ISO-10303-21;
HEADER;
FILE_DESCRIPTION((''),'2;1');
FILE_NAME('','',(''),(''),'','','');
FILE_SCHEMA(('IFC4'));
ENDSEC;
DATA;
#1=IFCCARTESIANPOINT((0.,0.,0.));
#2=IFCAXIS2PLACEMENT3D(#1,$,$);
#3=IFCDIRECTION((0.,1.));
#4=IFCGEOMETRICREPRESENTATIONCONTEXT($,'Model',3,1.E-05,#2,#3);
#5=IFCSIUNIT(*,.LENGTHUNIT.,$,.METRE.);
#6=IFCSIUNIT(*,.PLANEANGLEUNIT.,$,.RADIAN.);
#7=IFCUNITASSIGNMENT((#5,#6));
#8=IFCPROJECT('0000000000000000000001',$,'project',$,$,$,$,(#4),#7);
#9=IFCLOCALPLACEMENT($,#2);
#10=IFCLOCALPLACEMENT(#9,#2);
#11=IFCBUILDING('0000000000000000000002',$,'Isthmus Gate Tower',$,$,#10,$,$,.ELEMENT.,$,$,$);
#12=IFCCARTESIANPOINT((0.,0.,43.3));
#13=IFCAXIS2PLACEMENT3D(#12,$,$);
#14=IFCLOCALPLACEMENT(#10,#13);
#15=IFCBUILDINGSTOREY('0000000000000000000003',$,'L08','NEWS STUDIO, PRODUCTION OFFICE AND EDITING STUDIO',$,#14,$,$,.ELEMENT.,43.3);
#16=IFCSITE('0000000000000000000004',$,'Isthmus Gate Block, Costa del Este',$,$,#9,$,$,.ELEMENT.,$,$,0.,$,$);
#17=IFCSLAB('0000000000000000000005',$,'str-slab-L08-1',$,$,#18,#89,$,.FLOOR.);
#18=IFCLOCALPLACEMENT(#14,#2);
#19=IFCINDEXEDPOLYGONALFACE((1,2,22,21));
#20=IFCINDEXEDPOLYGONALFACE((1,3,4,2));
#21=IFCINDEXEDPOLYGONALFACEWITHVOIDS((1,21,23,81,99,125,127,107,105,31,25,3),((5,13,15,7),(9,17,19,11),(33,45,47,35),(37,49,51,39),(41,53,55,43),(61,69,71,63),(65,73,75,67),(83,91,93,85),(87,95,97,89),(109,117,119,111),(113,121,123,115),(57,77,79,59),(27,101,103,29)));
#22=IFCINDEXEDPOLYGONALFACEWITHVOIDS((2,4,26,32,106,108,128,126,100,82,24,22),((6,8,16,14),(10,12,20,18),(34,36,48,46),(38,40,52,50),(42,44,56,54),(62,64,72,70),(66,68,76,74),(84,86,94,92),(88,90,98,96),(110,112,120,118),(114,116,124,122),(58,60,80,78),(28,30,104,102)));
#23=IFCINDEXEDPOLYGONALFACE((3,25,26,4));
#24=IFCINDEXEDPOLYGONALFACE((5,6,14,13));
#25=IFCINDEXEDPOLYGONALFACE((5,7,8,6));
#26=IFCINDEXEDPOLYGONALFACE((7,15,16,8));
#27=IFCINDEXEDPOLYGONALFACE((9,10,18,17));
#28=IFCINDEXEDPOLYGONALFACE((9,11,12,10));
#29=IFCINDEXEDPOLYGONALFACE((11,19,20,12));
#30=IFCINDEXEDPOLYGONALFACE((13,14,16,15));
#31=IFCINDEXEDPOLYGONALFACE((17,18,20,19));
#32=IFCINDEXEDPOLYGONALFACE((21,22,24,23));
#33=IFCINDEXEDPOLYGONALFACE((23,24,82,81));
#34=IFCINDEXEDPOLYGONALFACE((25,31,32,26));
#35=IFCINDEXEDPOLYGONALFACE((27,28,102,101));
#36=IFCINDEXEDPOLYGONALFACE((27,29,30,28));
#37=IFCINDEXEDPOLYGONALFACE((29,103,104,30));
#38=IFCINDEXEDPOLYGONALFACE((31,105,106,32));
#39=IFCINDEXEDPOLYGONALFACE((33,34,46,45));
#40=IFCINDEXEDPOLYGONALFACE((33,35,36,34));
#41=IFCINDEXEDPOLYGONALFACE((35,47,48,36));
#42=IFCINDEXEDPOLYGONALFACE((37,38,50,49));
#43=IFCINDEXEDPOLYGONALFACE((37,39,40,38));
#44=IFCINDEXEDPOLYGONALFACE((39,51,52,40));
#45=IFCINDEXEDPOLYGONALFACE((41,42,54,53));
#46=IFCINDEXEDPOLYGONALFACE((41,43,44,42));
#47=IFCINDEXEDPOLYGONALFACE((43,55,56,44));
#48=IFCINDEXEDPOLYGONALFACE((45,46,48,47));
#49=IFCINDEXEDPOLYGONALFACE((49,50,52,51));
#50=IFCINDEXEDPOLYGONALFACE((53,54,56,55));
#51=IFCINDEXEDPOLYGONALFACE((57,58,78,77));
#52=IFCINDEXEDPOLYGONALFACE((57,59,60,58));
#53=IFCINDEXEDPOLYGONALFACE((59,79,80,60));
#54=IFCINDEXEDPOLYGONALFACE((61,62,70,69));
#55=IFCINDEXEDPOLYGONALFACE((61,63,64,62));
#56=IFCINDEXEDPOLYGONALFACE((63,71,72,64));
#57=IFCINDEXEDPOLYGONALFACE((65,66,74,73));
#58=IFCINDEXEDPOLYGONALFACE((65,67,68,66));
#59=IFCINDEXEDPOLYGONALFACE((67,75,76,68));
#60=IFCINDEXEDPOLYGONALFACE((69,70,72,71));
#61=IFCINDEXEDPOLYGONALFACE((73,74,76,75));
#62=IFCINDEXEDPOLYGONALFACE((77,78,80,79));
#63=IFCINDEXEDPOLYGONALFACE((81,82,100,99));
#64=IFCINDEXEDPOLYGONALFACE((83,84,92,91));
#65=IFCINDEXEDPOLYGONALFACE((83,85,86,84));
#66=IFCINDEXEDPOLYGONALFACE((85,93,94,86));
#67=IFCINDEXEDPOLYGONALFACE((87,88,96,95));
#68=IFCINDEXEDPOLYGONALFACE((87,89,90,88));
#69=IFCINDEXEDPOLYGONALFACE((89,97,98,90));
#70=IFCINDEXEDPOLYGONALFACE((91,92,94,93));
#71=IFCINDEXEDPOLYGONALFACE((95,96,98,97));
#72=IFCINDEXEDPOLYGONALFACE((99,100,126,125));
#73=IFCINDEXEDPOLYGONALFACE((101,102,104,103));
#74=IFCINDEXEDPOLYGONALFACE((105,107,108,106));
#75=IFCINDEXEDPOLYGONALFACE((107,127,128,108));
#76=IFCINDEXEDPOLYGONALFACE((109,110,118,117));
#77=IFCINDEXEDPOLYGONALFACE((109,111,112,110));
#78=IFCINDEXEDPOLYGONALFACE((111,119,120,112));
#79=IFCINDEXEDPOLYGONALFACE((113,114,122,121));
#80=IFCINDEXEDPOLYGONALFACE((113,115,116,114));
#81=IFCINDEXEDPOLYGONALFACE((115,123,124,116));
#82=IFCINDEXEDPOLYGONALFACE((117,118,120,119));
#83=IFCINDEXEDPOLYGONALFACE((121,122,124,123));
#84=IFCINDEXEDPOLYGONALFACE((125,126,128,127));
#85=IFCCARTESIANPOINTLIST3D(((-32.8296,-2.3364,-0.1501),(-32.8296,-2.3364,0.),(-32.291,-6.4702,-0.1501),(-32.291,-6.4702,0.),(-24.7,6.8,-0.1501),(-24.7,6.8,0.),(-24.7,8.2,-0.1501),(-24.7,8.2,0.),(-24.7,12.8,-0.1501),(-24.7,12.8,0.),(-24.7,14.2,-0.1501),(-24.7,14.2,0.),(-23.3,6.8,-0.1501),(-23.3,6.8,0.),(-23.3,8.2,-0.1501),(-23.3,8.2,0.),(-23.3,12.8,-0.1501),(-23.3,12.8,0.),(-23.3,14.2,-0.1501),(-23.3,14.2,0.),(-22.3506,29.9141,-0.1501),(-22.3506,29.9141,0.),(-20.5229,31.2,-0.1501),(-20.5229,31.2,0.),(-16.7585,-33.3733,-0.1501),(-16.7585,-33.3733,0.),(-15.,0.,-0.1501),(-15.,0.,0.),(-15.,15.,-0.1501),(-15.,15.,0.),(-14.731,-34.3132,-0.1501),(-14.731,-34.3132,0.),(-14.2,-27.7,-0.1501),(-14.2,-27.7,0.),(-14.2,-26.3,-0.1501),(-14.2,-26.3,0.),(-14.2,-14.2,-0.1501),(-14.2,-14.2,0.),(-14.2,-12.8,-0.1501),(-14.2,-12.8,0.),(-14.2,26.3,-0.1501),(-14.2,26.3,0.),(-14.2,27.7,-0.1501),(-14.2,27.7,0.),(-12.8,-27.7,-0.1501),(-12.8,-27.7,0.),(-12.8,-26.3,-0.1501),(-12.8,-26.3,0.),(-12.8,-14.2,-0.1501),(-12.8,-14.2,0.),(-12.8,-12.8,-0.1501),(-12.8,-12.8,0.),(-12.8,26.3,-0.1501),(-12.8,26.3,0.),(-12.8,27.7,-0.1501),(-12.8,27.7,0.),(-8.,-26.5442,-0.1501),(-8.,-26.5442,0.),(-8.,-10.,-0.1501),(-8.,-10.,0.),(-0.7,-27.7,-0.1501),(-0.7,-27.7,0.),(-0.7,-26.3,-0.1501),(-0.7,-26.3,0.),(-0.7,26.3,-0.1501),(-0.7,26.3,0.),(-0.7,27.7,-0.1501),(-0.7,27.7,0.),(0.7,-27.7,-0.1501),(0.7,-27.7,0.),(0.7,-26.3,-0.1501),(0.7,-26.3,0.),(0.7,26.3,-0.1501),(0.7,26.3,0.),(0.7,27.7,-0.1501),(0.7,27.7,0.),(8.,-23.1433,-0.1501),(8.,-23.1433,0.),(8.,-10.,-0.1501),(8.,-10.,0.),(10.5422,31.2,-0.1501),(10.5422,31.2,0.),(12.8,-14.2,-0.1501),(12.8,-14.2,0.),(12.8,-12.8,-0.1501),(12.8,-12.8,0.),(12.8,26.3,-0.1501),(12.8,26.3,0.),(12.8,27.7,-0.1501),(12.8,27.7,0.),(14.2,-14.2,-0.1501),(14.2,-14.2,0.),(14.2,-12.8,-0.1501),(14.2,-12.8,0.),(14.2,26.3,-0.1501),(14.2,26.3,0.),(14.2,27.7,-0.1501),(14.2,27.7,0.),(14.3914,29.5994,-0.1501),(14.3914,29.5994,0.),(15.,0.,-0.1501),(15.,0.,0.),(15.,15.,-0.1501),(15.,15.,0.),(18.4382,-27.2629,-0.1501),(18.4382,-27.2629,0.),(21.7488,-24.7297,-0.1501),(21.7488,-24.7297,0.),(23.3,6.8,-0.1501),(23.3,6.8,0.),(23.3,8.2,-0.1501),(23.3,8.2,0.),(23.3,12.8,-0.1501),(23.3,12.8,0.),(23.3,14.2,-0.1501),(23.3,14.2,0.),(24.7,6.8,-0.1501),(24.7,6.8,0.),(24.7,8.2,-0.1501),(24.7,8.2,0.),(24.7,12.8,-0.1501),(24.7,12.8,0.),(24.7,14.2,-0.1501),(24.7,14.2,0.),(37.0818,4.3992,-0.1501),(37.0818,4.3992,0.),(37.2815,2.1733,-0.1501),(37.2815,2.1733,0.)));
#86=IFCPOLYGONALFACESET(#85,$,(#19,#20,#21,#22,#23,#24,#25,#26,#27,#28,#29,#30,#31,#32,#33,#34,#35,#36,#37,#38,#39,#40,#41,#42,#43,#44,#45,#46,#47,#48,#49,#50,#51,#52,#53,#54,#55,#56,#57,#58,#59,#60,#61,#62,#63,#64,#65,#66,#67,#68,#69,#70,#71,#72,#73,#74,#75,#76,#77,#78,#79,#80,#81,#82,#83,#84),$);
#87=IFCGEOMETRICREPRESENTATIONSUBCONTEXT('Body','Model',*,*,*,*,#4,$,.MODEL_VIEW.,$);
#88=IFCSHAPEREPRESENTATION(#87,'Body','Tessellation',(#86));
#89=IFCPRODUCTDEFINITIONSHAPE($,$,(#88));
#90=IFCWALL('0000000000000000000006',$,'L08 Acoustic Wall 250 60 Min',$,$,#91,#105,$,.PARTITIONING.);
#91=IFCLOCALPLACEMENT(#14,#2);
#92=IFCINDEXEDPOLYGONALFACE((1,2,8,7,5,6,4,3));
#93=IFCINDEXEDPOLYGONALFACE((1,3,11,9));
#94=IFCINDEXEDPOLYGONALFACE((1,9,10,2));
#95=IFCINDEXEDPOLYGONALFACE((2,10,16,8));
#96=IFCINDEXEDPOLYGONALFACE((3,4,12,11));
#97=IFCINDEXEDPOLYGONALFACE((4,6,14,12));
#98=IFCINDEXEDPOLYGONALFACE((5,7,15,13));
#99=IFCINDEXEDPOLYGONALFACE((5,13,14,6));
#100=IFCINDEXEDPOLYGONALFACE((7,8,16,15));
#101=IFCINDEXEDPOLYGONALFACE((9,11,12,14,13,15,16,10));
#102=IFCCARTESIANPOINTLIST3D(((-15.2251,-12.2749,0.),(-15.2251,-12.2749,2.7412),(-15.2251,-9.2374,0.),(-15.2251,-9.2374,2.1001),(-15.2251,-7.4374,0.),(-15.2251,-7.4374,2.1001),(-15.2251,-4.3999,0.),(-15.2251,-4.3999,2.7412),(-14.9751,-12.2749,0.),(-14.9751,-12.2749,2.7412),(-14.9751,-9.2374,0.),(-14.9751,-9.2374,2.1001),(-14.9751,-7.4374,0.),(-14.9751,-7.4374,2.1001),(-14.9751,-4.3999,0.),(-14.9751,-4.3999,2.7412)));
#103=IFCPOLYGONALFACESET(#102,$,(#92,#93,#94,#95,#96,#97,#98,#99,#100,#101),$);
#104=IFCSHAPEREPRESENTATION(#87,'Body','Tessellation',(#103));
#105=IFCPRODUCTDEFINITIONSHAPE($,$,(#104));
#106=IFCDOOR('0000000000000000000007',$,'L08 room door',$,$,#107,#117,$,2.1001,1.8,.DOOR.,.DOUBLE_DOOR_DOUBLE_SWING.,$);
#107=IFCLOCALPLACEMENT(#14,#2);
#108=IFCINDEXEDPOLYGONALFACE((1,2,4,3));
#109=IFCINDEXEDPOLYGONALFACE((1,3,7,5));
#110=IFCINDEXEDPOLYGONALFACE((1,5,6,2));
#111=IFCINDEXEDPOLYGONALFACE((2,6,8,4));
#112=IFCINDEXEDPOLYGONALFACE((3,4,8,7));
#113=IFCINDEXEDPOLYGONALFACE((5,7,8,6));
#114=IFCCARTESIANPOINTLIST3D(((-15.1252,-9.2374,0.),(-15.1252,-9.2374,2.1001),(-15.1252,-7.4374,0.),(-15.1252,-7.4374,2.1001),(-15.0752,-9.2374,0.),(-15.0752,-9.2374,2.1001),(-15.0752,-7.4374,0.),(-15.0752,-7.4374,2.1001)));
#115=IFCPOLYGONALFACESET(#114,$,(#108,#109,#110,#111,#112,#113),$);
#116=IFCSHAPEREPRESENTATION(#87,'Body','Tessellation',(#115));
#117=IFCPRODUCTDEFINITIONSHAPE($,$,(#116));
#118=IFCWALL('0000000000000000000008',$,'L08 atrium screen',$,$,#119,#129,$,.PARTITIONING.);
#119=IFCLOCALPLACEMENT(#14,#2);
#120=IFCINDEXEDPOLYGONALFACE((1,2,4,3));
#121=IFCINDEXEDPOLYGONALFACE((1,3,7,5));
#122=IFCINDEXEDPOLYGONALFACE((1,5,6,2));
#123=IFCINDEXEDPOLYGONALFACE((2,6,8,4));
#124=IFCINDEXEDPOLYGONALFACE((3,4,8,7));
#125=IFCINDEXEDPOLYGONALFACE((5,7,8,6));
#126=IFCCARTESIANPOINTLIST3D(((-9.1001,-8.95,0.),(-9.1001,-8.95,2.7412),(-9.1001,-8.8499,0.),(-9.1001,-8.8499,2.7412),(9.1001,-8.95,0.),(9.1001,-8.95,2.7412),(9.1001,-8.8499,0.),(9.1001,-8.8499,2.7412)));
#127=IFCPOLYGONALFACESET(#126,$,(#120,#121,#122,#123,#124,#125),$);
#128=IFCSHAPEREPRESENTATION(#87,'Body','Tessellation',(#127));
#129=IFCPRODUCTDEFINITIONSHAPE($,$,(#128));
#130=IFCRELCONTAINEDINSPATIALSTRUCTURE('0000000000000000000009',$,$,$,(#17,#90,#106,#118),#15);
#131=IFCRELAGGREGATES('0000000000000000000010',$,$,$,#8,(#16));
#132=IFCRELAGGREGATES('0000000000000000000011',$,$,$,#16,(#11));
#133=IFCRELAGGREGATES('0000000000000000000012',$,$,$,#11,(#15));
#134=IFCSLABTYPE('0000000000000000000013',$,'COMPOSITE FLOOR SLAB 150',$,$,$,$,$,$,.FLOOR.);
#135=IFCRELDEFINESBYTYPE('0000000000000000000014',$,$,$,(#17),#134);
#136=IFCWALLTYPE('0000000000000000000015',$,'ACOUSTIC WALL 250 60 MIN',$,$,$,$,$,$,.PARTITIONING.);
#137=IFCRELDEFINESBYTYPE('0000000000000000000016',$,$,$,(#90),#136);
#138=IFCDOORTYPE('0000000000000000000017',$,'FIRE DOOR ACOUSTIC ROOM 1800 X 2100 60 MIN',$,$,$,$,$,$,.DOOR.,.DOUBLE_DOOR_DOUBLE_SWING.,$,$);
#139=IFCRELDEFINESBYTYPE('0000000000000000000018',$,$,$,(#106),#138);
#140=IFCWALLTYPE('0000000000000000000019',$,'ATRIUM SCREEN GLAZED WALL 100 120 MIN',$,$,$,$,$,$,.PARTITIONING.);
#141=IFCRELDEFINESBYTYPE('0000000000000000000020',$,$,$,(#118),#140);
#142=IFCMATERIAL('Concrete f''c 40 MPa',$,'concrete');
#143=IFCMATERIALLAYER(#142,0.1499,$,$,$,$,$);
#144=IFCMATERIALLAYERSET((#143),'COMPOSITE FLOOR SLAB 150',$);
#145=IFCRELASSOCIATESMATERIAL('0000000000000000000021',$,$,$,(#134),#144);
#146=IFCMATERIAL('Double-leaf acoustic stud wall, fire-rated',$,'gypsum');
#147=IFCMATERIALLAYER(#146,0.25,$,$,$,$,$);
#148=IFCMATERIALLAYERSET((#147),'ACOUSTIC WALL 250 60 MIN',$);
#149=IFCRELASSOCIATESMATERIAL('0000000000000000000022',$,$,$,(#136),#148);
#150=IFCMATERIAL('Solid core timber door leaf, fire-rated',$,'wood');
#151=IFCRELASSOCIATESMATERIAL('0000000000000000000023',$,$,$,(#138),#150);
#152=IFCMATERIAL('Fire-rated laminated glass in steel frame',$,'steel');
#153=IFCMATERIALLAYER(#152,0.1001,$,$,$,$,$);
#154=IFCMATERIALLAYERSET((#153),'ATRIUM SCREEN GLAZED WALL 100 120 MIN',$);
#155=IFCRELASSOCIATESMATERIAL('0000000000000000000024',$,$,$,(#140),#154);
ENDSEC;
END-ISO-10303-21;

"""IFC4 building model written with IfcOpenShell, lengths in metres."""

from ifc_helpers import new_model, si_unit, direction, frame, frame_2d, origin, place, context, subcontext, project, spatial, polyline, rectangle, outline, extrude, material, layer, layer_set, type_object, element, fill, save


model = new_model("IFC4")

# Units and contexts
model_context = context("Model", 3, precision=1e-05, world=origin(), true_north=direction((0.0, 1.0)))
body_context = subcontext(model_context, "Body", "Model", "MODEL_VIEW")
ifc_project = project(units=[si_unit("LENGTHUNIT", "METRE"), si_unit("PLANEANGLEUNIT", "RADIAN")], contexts=[model_context])

# Site, building, storey
site_placement = place(None, origin())
site = spatial("IfcSite", under=ifc_project, at=site_placement, Name="Isthmus Gate Block, Costa del Este", CompositionType="ELEMENT", RefElevation=0.0)
building_placement = place(site_placement, origin())
building = spatial("IfcBuilding", under=site, at=building_placement, Name="Isthmus Gate Tower", CompositionType="ELEMENT")
storey_placement = place(building_placement, frame((0.0, 0.0, 43.3)))
storey = spatial("IfcBuildingStorey", under=building, at=storey_placement, Name="L08", Description="NEWS STUDIO, PRODUCTION OFFICE AND EDITING STUDIO", CompositionType="ELEMENT", Elevation=43.3)

# Slab
ifc_material_1 = material(Name="Concrete f'c 40 MPa", Category="concrete")
ifc_layer_1 = layer(ifc_material_1, 0.1499)
ifc_layer_set_1 = layer_set([ifc_layer_1], Name="COMPOSITE FLOOR SLAB 150")
slab_type = type_object("IfcSlabType", Name="COMPOSITE FLOOR SLAB 150", PredefinedType="FLOOR", material=ifc_layer_set_1)
slab_placement = place(storey_placement, frame((0.0, 0.0, -0.1501)))
element("IfcSlab", 1, at=slab_placement, inside=storey, type_object=slab_type, Name="str-slab-L08-1", PredefinedType="FLOOR", context=body_context, shape_type="SweptSolid", body=[
    extrude(outline(polyline([(14.3914, 29.5994), (37.0818, 4.3992), (37.2815, 2.1733), (21.7488, -24.7297), (18.4382, -27.2629), (-14.731, -34.3132), (-16.7585, -33.3733), (-32.291, -6.4702), (-32.8296, -2.3364), (-22.3506, 29.9141), (-20.5229, 31.2), (10.5422, 31.2), (14.3914, 29.5994)]), holes=[polyline([(-14.2, -27.7), (-12.8, -27.7), (-12.8, -26.3), (-14.2, -26.3), (-14.2, -27.7)]), polyline([(-0.7, -26.3), (-0.7, -27.7), (0.7, -27.7), (0.7, -26.3), (-0.7, -26.3)]), polyline([(-14.2, -12.8), (-14.2, -14.2), (-12.8, -14.2), (-12.8, -12.8), (-14.2, -12.8)]), polyline([(-24.7, 8.2), (-24.7, 6.8), (-23.3, 6.8), (-23.3, 8.2), (-24.7, 8.2)]), polyline([(-23.3, 14.2), (-24.7, 14.2), (-24.7, 12.8), (-23.3, 12.8), (-23.3, 14.2)]), polyline([(-14.2, 27.7), (-14.2, 26.3), (-12.8, 26.3), (-12.8, 27.7), (-14.2, 27.7)]), polyline([(-0.7, 27.7), (-0.7, 26.3), (0.7, 26.3), (0.7, 27.7), (-0.7, 27.7)]), polyline([(8.0, -23.1433), (8.0, -10.0), (-8.0, -10.0), (-8.0, -26.5442), (8.0, -23.1433)]), polyline([(14.2, -12.8), (12.8, -12.8), (12.8, -14.2), (14.2, -14.2), (14.2, -12.8)]), polyline([(15.0, 15.0), (-15.0, 15.0), (-15.0, 0.0), (15.0, 0.0), (15.0, 15.0)]), polyline([(24.7, 8.2), (23.3, 8.2), (23.3, 6.8), (24.7, 6.8), (24.7, 8.2)]), polyline([(23.3, 14.2), (23.3, 12.8), (24.7, 12.8), (24.7, 14.2), (23.3, 14.2)]), polyline([(14.2, 27.7), (12.8, 27.7), (12.8, 26.3), (14.2, 26.3), (14.2, 27.7)])]), origin(), (0.0, 0.0, 1.0), 0.1501),
])

# Wall, opening, door
ifc_material_2 = material(Name="Double-leaf acoustic stud wall, fire-rated", Category="gypsum")
ifc_layer_2 = layer(ifc_material_2, 0.25)
ifc_layer_set_2 = layer_set([ifc_layer_2], Name="ACOUSTIC WALL 250 60 MIN")
wall_type_1 = type_object("IfcWallType", Name="ACOUSTIC WALL 250 60 MIN", PredefinedType="PARTITIONING", material=ifc_layer_set_2)
wall_1_placement = place(storey_placement, frame((-15.1001, -4.3999, 0.0), z_axis=(0.0, 0.0, 1.0), x_axis=(0.0, -1.0, 0.0)))
wall_1 = element("IfcWall", 2, at=wall_1_placement, inside=storey, type_object=wall_type_1, Name="L08 Acoustic Wall 250 60 Min", PredefinedType="PARTITIONING", context=body_context, shape_type="SweptSolid", body=[
    extrude(rectangle(XDim=7.875, YDim=0.25, at=frame_2d((3.9375, 0.0))), origin(), (0.0, 0.0, 1.0), 2.7412),
])
opening_1_placement = place(wall_1_placement, frame((3.0376, 0.0, 0.0)))
opening_1 = element("IfcOpeningElement", 3, at=opening_1_placement, cuts=wall_1, PredefinedType="OPENING", context=body_context, shape_type="SweptSolid", body=[
    extrude(rectangle(XDim=1.8, YDim=2.1001, at=frame_2d((0.8999, 1.05))), frame((0.0, 0.135, 0.0), z_axis=(0.0, -1.0, 0.0), x_axis=(1.0, 0.0, 0.0)), (0.0, 0.0, 1.0), 0.27),
])
ifc_material_3 = material(Name="Solid core timber door leaf, fire-rated", Category="wood")
door_type_1 = type_object("IfcDoorType", Name="FIRE DOOR ACOUSTIC ROOM 1800 X 2100 60 MIN", OperationType="DOUBLE_DOOR_DOUBLE_SWING", PredefinedType="DOOR", material=ifc_material_3)
door_1_placement = place(opening_1_placement, origin())
door_1 = element("IfcDoor", 4, at=door_1_placement, inside=storey, type_object=door_type_1, Name="L08 room door", OperationType="DOUBLE_DOOR_DOUBLE_SWING", OverallHeight=2.1001, OverallWidth=1.8, PredefinedType="DOOR", context=body_context, shape_type="SweptSolid", body=[
    extrude(rectangle(XDim=1.8, YDim=2.1001, at=frame_2d((0.8999, 1.05))), frame((0.0, 0.0249, 0.0), z_axis=(0.0, -1.0, 0.0), x_axis=(1.0, 0.0, 0.0)), (0.0, 0.0, 1.0), 0.05),
])
fill(opening_1, door_1)

# Wall
ifc_material_4 = material(Name="Fire-rated laminated glass in steel frame", Category="steel")
ifc_layer_3 = layer(ifc_material_4, 0.1001)
ifc_layer_set_3 = layer_set([ifc_layer_3], Name="ATRIUM SCREEN GLAZED WALL 100 120 MIN")
wall_type_2 = type_object("IfcWallType", Name="ATRIUM SCREEN GLAZED WALL 100 120 MIN", PredefinedType="PARTITIONING", material=ifc_layer_set_3)
wall_2_placement = place(storey_placement, frame((-9.1001, -8.8999, 0.0), z_axis=(0.0, 0.0, 1.0), x_axis=(1.0, 0.0, 0.0)))
element("IfcWall", 5, at=wall_2_placement, inside=storey, type_object=wall_type_2, Name="L08 atrium screen", PredefinedType="PARTITIONING", context=body_context, shape_type="SweptSolid", body=[
    extrude(rectangle(XDim=18.2002, YDim=0.1001, at=frame_2d((9.1001, 0.0))), origin(), (0.0, 0.0, 1.0), 2.7412),
])

save(model, "model.ifc")
